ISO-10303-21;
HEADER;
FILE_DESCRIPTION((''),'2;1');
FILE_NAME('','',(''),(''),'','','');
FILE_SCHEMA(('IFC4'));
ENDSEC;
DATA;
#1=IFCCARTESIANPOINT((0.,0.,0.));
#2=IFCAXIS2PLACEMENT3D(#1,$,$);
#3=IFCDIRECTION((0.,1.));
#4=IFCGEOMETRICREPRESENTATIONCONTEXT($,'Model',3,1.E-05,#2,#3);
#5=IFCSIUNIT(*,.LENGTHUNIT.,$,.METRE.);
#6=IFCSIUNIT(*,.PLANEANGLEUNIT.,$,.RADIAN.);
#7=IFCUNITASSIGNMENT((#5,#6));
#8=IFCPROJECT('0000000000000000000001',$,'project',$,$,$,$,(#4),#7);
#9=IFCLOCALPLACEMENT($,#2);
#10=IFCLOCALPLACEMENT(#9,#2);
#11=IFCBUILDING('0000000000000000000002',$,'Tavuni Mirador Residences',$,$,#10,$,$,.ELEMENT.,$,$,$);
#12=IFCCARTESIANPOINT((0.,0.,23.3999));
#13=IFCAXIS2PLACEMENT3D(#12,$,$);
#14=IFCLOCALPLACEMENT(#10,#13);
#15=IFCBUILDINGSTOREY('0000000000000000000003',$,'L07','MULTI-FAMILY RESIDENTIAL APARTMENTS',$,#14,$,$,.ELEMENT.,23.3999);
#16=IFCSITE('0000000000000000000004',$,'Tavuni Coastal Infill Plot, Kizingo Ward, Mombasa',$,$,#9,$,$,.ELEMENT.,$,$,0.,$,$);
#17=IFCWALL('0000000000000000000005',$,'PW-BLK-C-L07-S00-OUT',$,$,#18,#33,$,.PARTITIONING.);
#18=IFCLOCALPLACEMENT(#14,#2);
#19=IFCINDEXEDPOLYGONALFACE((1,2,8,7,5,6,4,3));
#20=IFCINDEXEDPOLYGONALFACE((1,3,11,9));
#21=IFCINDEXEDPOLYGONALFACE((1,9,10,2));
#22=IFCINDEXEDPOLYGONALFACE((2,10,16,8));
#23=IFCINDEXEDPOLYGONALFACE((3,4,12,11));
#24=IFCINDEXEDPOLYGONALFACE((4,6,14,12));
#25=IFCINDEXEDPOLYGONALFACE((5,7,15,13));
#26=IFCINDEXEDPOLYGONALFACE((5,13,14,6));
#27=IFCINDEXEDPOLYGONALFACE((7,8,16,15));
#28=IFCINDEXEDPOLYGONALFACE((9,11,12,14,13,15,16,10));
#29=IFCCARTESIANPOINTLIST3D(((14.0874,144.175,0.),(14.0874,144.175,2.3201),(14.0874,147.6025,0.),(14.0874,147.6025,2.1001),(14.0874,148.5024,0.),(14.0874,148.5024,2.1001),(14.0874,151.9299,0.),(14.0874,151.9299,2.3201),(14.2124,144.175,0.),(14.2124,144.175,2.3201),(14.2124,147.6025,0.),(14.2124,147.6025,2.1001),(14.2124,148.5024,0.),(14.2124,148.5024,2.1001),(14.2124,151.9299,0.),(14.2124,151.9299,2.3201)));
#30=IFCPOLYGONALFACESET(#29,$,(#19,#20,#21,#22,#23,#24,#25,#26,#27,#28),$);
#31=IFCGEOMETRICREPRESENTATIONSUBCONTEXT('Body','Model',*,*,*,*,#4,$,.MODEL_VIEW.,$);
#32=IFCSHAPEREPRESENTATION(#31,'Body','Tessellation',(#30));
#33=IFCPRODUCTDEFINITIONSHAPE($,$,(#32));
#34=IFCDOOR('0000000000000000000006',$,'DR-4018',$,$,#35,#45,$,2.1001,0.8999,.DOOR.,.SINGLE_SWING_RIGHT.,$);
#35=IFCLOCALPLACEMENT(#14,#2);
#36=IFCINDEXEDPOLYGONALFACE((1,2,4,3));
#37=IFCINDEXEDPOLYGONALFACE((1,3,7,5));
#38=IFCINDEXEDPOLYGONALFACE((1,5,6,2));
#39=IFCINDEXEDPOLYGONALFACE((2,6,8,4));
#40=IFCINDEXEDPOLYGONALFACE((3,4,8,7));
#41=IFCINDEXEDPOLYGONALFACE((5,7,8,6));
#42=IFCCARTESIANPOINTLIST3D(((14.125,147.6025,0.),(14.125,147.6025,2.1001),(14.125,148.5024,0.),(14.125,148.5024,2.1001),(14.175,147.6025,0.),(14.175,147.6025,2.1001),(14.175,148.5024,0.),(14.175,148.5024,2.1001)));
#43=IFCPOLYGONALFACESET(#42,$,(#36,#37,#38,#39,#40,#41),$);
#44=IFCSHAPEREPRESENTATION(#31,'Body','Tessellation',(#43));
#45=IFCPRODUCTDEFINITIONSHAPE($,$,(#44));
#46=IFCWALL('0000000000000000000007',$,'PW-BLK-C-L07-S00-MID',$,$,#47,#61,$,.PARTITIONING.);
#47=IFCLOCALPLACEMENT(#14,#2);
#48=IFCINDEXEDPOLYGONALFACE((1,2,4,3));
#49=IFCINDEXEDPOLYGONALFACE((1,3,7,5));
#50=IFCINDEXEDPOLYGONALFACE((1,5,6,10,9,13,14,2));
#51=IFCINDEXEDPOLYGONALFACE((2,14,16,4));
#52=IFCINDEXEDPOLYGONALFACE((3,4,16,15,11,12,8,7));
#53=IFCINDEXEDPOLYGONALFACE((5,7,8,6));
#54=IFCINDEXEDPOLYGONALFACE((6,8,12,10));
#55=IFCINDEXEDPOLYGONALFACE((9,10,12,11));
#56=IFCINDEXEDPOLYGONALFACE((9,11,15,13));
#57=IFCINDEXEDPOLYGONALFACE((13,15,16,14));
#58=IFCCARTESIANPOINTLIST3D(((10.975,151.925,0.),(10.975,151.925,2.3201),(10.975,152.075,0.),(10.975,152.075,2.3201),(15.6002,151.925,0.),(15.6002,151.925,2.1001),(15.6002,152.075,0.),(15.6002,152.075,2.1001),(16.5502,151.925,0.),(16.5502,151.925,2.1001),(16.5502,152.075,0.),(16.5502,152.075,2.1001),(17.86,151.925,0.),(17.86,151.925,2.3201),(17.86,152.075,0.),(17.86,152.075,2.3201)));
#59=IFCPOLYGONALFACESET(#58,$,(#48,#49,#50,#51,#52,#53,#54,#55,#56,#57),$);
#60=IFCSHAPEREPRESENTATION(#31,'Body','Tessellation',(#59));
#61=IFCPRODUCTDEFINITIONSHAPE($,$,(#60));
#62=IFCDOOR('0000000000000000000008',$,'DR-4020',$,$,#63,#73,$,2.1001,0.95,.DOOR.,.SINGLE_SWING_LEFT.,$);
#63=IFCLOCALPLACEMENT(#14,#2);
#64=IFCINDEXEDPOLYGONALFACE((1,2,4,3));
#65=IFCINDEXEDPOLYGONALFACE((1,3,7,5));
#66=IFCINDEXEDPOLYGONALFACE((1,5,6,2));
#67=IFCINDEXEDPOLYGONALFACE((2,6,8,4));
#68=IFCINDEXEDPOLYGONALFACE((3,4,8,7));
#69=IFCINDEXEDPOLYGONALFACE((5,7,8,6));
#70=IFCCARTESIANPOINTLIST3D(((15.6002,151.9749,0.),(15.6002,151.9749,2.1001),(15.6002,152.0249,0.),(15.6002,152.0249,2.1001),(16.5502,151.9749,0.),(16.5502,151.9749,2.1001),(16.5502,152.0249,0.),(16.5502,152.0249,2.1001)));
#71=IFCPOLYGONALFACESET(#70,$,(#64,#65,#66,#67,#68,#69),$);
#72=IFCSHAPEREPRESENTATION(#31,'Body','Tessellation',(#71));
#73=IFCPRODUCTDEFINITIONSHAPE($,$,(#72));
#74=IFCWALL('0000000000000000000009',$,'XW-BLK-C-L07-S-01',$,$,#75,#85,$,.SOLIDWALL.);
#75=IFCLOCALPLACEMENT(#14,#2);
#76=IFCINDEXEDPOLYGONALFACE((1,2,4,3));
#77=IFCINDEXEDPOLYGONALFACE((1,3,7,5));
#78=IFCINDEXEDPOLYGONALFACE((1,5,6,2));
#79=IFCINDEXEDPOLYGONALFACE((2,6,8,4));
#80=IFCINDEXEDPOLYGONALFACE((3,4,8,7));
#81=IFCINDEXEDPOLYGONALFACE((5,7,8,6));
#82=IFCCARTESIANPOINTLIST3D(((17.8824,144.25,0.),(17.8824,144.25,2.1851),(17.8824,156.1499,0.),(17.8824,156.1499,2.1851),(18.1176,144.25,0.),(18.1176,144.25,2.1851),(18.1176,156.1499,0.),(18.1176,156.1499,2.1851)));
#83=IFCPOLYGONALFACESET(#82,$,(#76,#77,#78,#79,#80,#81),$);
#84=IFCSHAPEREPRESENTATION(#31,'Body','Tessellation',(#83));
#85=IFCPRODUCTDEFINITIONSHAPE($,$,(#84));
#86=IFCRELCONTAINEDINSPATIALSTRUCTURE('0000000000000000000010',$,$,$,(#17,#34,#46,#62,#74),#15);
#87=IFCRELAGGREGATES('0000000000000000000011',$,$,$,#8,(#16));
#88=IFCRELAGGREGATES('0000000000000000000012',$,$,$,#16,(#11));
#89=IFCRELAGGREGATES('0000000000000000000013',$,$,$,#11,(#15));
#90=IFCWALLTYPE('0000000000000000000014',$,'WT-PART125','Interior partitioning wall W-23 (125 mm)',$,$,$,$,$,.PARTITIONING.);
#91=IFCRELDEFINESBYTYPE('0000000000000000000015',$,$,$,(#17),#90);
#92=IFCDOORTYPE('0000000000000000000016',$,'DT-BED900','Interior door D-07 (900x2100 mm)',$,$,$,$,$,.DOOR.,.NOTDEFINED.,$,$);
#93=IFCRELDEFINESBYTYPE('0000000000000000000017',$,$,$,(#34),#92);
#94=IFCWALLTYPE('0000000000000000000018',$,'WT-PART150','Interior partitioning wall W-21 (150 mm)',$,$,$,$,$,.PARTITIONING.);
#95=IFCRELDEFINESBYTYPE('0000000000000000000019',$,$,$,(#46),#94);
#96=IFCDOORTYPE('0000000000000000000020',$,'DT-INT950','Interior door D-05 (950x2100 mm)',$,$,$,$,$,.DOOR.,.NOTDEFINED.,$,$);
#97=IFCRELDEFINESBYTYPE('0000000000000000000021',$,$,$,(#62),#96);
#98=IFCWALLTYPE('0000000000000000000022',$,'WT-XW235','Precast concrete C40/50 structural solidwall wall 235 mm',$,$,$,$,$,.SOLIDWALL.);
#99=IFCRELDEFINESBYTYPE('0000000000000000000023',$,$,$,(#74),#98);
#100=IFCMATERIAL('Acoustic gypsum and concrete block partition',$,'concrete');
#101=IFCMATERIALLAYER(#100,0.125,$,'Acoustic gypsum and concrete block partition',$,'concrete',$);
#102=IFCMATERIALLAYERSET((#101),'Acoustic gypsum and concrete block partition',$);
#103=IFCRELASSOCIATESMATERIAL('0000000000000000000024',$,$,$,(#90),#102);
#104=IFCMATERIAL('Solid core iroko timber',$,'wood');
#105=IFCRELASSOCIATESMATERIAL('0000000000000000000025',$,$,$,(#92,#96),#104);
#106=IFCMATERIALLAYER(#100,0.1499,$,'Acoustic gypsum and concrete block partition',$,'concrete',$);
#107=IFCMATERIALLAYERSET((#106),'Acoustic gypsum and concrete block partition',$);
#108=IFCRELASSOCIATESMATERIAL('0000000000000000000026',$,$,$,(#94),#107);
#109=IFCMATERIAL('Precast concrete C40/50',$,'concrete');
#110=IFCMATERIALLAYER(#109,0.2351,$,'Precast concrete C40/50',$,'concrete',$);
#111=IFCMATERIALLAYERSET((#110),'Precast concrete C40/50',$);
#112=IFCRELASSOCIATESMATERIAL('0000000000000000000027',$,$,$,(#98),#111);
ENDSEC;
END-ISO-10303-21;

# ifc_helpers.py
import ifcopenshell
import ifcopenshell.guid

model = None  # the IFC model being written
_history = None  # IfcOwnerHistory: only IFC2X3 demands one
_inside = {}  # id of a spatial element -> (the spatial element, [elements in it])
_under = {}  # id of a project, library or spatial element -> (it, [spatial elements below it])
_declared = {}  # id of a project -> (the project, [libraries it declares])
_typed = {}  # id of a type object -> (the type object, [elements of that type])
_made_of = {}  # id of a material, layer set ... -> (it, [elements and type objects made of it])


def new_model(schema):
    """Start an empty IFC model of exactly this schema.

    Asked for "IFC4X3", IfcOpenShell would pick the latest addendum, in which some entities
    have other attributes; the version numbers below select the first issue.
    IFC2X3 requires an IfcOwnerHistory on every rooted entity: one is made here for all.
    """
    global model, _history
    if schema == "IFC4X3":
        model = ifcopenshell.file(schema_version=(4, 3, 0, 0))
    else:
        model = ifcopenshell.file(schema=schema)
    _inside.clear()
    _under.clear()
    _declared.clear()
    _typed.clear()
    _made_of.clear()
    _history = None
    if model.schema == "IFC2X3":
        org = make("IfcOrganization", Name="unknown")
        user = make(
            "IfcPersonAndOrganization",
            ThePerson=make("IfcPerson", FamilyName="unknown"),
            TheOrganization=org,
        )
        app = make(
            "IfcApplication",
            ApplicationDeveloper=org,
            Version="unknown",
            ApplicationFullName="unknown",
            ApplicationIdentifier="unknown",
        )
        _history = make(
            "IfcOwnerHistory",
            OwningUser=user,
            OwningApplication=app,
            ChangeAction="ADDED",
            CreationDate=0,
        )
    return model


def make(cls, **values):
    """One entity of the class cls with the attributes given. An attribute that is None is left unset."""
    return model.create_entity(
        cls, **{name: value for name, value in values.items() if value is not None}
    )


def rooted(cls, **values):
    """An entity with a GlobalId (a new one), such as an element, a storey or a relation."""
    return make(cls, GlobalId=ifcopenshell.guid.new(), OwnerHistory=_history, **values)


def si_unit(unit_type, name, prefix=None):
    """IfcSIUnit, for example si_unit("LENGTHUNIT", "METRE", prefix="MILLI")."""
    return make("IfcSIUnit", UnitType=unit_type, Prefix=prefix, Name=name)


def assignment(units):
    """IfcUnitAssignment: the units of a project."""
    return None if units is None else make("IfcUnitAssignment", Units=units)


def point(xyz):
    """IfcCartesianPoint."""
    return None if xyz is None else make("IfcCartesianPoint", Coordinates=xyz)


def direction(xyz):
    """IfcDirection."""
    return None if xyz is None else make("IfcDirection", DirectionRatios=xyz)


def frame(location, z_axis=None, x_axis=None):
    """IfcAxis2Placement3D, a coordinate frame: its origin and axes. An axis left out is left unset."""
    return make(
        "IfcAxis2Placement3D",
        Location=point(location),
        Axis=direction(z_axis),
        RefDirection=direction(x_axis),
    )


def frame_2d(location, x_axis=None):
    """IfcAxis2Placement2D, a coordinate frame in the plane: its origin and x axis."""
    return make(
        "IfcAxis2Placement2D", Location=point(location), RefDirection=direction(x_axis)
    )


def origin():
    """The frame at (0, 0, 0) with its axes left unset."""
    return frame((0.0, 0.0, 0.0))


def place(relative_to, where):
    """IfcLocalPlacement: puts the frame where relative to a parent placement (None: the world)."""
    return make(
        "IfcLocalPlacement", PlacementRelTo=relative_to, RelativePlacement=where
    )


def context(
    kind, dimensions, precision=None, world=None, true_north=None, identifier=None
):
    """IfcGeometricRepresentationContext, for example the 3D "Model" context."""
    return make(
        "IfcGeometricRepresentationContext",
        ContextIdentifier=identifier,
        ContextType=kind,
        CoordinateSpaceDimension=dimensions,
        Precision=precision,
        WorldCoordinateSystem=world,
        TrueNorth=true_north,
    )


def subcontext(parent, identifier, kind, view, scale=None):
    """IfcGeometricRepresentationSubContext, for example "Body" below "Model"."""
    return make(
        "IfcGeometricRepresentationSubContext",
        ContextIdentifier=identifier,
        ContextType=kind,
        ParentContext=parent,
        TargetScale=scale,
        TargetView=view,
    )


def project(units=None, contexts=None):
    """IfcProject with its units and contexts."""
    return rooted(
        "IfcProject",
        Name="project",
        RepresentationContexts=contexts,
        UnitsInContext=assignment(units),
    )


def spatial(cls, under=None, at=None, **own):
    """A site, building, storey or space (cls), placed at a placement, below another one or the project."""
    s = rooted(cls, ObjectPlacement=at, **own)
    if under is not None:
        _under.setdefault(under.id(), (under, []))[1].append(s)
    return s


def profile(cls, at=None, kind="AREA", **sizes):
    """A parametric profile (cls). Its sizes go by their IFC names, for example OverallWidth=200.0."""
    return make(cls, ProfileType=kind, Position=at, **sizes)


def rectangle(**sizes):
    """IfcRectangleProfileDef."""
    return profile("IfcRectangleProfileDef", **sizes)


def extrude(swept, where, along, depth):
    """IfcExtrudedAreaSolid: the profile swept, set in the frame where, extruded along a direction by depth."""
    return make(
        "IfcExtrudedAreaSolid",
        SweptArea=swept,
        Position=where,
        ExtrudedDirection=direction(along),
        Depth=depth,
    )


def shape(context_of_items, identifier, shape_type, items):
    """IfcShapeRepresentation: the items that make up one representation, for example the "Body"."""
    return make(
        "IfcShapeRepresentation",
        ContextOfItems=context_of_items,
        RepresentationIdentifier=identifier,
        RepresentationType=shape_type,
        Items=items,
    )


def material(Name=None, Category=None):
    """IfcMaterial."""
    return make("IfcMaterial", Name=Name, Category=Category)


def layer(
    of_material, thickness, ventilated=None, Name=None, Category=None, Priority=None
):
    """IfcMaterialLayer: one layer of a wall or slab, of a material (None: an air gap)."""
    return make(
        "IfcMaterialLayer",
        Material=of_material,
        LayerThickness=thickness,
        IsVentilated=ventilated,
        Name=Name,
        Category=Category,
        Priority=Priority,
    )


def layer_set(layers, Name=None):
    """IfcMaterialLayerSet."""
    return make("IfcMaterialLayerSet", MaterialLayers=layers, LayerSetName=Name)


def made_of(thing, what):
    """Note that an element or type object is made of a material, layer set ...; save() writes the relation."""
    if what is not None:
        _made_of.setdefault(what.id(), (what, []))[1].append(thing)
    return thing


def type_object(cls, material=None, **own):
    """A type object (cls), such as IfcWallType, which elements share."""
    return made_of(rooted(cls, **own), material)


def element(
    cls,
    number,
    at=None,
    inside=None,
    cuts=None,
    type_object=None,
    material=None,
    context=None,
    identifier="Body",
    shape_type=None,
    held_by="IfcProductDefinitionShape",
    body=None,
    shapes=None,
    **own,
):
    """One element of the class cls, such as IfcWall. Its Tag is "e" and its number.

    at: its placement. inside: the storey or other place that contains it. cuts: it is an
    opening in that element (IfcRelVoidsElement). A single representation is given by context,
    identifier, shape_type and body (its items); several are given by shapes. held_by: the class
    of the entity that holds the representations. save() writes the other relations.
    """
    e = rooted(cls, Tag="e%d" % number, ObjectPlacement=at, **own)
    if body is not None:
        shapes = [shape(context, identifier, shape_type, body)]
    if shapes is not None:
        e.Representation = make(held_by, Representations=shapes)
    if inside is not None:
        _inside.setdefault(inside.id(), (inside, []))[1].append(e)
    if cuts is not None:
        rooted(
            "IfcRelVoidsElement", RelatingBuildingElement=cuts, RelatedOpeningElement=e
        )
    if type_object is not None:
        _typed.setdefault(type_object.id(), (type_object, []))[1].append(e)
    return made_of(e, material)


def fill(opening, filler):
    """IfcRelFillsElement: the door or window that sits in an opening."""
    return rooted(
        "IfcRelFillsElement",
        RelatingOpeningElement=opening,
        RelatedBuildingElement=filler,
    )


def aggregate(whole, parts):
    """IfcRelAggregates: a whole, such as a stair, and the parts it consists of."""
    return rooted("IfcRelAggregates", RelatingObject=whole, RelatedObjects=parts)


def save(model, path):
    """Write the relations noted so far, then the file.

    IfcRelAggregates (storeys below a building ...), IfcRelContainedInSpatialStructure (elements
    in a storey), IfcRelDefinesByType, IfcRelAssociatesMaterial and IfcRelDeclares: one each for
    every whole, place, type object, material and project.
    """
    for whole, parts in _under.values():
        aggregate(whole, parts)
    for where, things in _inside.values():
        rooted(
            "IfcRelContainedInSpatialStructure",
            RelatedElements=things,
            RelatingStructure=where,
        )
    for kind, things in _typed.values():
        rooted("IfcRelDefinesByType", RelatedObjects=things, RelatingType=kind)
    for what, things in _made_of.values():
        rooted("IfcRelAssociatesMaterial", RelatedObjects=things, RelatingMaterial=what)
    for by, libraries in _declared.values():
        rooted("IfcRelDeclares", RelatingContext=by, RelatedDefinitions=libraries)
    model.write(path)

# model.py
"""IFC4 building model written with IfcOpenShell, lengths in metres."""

from ifc_helpers import new_model, si_unit, direction, frame, frame_2d, origin, place, context, subcontext, project, spatial, rectangle, extrude, material, layer, layer_set, type_object, element, fill, save


model = new_model("IFC4")

# Units and contexts
model_context = context("Model", 3, precision=1e-05, world=origin(), true_north=direction((0.0, 1.0)))
body_context = subcontext(model_context, "Body", "Model", "MODEL_VIEW")
ifc_project = project(units=[si_unit("LENGTHUNIT", "METRE"), si_unit("PLANEANGLEUNIT", "RADIAN")], contexts=[model_context])

# Site, building, storey
site_placement = place(None, origin())
site = spatial("IfcSite", under=ifc_project, at=site_placement, Name="Tavuni Coastal Infill Plot, Kizingo Ward, Mombasa", CompositionType="ELEMENT", RefElevation=0.0)
building_placement = place(site_placement, origin())
building = spatial("IfcBuilding", under=site, at=building_placement, Name="Tavuni Mirador Residences", CompositionType="ELEMENT")
storey_placement = place(building_placement, frame((0.0, 0.0, 23.3999)))
storey = spatial("IfcBuildingStorey", under=building, at=storey_placement, Name="L07", Description="MULTI-FAMILY RESIDENTIAL APARTMENTS", CompositionType="ELEMENT", Elevation=23.3999)

# Shared definitions
ifc_material_1 = material(Name="Precast concrete C40/50", Category="concrete")

# Shared definitions
ifc_material_2 = material(Name="Solid core iroko timber", Category="wood")

# Walls, openings, doors
ifc_material_3 = material(Name="Acoustic gypsum and concrete block partition", Category="concrete")
ifc_layer_1 = layer(ifc_material_3, 0.125, Name="Acoustic gypsum and concrete block partition", Category="concrete")
ifc_layer_set_1 = layer_set([ifc_layer_1], Name="Acoustic gypsum and concrete block partition")
wall_type_1 = type_object("IfcWallType", Name="WT-PART125", Description="Interior partitioning wall W-23 (125 mm)", PredefinedType="PARTITIONING", material=ifc_layer_set_1)
wall_1_placement = place(storey_placement, frame((14.1499, 144.175, 0.0), z_axis=(0.0, 0.0, 1.0), x_axis=(0.0, 1.0, 0.0)))
wall_1 = element("IfcWall", 1, at=wall_1_placement, inside=storey, type_object=wall_type_1, Name="PW-BLK-C-L07-S00-OUT", PredefinedType="PARTITIONING", context=body_context, shape_type="SweptSolid", body=[
    extrude(rectangle(XDim=7.7549, YDim=0.125, at=frame_2d((3.8774, 0.0))), origin(), (0.0, 0.0, 1.0), 2.3201),
])
opening_1_placement = place(wall_1_placement, frame((3.4275, 0.0, 0.0)))
opening_1 = element("IfcOpeningElement", 2, at=opening_1_placement, cuts=wall_1, PredefinedType="OPENING", context=body_context, shape_type="SweptSolid", body=[
    extrude(rectangle(XDim=0.8999, YDim=2.1001, at=frame_2d((0.45, 1.05))), frame((0.0, 0.0725, 0.0), z_axis=(0.0, -1.0, 0.0), x_axis=(1.0, 0.0, 0.0)), (0.0, 0.0, 1.0), 0.145),
])
door_type_1 = type_object("IfcDoorType", Name="DT-BED900", Description="Interior door D-07 (900x2100 mm)", OperationType="NOTDEFINED", PredefinedType="DOOR", material=ifc_material_2)
door_1_placement = place(opening_1_placement, origin())
door_1 = element("IfcDoor", 3, at=door_1_placement, inside=storey, type_object=door_type_1, Name="DR-4018", OperationType="SINGLE_SWING_RIGHT", OverallHeight=2.1001, OverallWidth=0.8999, PredefinedType="DOOR", context=body_context, shape_type="SweptSolid", body=[
    extrude(rectangle(XDim=0.8999, YDim=2.1001, at=frame_2d((0.45, 1.05))), frame((0.0, 0.0249, 0.0), z_axis=(0.0, -1.0, 0.0), x_axis=(1.0, 0.0, 0.0)), (0.0, 0.0, 1.0), 0.05),
])
fill(opening_1, door_1)
ifc_layer_2 = layer(ifc_material_3, 0.1499, Name="Acoustic gypsum and concrete block partition", Category="concrete")
ifc_layer_set_2 = layer_set([ifc_layer_2], Name="Acoustic gypsum and concrete block partition")
wall_type_2 = type_object("IfcWallType", Name="WT-PART150", Description="Interior partitioning wall W-21 (150 mm)", PredefinedType="PARTITIONING", material=ifc_layer_set_2)
wall_2_placement = place(storey_placement, frame((10.9751, 152.0, 0.0), z_axis=(0.0, 0.0, 1.0), x_axis=(1.0, 0.0, 0.0)))
wall_2 = element("IfcWall", 4, at=wall_2_placement, inside=storey, type_object=wall_type_2, Name="PW-BLK-C-L07-S00-MID", PredefinedType="PARTITIONING", context=body_context, shape_type="SweptSolid", body=[
    extrude(rectangle(XDim=6.885, YDim=0.1499, at=frame_2d((3.4424, 0.0))), origin(), (0.0, 0.0, 1.0), 2.3201),
])
opening_2_placement = place(wall_2_placement, frame((4.625, 0.0, 0.0)))
opening_2 = element("IfcOpeningElement", 5, at=opening_2_placement, cuts=wall_2, PredefinedType="OPENING", context=body_context, shape_type="SweptSolid", body=[
    extrude(rectangle(XDim=0.95, YDim=2.1001, at=frame_2d((0.4751, 1.05))), frame((0.0, 0.085, 0.0), z_axis=(0.0, -1.0, 0.0), x_axis=(1.0, 0.0, 0.0)), (0.0, 0.0, 1.0), 0.1699),
])
door_type_2 = type_object("IfcDoorType", Name="DT-INT950", Description="Interior door D-05 (950x2100 mm)", OperationType="NOTDEFINED", PredefinedType="DOOR", material=ifc_material_2)
door_2_placement = place(opening_2_placement, origin())
door_2 = element("IfcDoor", 6, at=door_2_placement, inside=storey, type_object=door_type_2, Name="DR-4020", OperationType="SINGLE_SWING_LEFT", OverallHeight=2.1001, OverallWidth=0.95, PredefinedType="DOOR", context=body_context, shape_type="SweptSolid", body=[
    extrude(rectangle(XDim=0.95, YDim=2.1001, at=frame_2d((0.4751, 1.05))), frame((0.0, 0.0249, 0.0), z_axis=(0.0, -1.0, 0.0), x_axis=(1.0, 0.0, 0.0)), (0.0, 0.0, 1.0), 0.05),
])
fill(opening_2, door_2)

# Wall
ifc_layer_3 = layer(ifc_material_1, 0.2351, Name="Precast concrete C40/50", Category="concrete")
ifc_layer_set_3 = layer_set([ifc_layer_3], Name="Precast concrete C40/50")
wall_type_3 = type_object("IfcWallType", Name="WT-XW235", Description="Precast concrete C40/50 structural solidwall wall 235 mm", PredefinedType="SOLIDWALL", material=ifc_layer_set_3)
wall_3_placement = place(storey_placement, frame((18.0, 144.25, 0.0), z_axis=(0.0, 0.0, 1.0), x_axis=(0.0, 1.0, 0.0)))
element("IfcWall", 7, at=wall_3_placement, inside=storey, type_object=wall_type_3, Name="XW-BLK-C-L07-S-01", PredefinedType="SOLIDWALL", context=body_context, shape_type="SweptSolid", body=[
    extrude(rectangle(XDim=11.8999, YDim=0.2351, at=frame_2d((5.95, 0.0))), origin(), (0.0, 0.0, 1.0), 2.1851),
])

save(model, "model.ifc")
